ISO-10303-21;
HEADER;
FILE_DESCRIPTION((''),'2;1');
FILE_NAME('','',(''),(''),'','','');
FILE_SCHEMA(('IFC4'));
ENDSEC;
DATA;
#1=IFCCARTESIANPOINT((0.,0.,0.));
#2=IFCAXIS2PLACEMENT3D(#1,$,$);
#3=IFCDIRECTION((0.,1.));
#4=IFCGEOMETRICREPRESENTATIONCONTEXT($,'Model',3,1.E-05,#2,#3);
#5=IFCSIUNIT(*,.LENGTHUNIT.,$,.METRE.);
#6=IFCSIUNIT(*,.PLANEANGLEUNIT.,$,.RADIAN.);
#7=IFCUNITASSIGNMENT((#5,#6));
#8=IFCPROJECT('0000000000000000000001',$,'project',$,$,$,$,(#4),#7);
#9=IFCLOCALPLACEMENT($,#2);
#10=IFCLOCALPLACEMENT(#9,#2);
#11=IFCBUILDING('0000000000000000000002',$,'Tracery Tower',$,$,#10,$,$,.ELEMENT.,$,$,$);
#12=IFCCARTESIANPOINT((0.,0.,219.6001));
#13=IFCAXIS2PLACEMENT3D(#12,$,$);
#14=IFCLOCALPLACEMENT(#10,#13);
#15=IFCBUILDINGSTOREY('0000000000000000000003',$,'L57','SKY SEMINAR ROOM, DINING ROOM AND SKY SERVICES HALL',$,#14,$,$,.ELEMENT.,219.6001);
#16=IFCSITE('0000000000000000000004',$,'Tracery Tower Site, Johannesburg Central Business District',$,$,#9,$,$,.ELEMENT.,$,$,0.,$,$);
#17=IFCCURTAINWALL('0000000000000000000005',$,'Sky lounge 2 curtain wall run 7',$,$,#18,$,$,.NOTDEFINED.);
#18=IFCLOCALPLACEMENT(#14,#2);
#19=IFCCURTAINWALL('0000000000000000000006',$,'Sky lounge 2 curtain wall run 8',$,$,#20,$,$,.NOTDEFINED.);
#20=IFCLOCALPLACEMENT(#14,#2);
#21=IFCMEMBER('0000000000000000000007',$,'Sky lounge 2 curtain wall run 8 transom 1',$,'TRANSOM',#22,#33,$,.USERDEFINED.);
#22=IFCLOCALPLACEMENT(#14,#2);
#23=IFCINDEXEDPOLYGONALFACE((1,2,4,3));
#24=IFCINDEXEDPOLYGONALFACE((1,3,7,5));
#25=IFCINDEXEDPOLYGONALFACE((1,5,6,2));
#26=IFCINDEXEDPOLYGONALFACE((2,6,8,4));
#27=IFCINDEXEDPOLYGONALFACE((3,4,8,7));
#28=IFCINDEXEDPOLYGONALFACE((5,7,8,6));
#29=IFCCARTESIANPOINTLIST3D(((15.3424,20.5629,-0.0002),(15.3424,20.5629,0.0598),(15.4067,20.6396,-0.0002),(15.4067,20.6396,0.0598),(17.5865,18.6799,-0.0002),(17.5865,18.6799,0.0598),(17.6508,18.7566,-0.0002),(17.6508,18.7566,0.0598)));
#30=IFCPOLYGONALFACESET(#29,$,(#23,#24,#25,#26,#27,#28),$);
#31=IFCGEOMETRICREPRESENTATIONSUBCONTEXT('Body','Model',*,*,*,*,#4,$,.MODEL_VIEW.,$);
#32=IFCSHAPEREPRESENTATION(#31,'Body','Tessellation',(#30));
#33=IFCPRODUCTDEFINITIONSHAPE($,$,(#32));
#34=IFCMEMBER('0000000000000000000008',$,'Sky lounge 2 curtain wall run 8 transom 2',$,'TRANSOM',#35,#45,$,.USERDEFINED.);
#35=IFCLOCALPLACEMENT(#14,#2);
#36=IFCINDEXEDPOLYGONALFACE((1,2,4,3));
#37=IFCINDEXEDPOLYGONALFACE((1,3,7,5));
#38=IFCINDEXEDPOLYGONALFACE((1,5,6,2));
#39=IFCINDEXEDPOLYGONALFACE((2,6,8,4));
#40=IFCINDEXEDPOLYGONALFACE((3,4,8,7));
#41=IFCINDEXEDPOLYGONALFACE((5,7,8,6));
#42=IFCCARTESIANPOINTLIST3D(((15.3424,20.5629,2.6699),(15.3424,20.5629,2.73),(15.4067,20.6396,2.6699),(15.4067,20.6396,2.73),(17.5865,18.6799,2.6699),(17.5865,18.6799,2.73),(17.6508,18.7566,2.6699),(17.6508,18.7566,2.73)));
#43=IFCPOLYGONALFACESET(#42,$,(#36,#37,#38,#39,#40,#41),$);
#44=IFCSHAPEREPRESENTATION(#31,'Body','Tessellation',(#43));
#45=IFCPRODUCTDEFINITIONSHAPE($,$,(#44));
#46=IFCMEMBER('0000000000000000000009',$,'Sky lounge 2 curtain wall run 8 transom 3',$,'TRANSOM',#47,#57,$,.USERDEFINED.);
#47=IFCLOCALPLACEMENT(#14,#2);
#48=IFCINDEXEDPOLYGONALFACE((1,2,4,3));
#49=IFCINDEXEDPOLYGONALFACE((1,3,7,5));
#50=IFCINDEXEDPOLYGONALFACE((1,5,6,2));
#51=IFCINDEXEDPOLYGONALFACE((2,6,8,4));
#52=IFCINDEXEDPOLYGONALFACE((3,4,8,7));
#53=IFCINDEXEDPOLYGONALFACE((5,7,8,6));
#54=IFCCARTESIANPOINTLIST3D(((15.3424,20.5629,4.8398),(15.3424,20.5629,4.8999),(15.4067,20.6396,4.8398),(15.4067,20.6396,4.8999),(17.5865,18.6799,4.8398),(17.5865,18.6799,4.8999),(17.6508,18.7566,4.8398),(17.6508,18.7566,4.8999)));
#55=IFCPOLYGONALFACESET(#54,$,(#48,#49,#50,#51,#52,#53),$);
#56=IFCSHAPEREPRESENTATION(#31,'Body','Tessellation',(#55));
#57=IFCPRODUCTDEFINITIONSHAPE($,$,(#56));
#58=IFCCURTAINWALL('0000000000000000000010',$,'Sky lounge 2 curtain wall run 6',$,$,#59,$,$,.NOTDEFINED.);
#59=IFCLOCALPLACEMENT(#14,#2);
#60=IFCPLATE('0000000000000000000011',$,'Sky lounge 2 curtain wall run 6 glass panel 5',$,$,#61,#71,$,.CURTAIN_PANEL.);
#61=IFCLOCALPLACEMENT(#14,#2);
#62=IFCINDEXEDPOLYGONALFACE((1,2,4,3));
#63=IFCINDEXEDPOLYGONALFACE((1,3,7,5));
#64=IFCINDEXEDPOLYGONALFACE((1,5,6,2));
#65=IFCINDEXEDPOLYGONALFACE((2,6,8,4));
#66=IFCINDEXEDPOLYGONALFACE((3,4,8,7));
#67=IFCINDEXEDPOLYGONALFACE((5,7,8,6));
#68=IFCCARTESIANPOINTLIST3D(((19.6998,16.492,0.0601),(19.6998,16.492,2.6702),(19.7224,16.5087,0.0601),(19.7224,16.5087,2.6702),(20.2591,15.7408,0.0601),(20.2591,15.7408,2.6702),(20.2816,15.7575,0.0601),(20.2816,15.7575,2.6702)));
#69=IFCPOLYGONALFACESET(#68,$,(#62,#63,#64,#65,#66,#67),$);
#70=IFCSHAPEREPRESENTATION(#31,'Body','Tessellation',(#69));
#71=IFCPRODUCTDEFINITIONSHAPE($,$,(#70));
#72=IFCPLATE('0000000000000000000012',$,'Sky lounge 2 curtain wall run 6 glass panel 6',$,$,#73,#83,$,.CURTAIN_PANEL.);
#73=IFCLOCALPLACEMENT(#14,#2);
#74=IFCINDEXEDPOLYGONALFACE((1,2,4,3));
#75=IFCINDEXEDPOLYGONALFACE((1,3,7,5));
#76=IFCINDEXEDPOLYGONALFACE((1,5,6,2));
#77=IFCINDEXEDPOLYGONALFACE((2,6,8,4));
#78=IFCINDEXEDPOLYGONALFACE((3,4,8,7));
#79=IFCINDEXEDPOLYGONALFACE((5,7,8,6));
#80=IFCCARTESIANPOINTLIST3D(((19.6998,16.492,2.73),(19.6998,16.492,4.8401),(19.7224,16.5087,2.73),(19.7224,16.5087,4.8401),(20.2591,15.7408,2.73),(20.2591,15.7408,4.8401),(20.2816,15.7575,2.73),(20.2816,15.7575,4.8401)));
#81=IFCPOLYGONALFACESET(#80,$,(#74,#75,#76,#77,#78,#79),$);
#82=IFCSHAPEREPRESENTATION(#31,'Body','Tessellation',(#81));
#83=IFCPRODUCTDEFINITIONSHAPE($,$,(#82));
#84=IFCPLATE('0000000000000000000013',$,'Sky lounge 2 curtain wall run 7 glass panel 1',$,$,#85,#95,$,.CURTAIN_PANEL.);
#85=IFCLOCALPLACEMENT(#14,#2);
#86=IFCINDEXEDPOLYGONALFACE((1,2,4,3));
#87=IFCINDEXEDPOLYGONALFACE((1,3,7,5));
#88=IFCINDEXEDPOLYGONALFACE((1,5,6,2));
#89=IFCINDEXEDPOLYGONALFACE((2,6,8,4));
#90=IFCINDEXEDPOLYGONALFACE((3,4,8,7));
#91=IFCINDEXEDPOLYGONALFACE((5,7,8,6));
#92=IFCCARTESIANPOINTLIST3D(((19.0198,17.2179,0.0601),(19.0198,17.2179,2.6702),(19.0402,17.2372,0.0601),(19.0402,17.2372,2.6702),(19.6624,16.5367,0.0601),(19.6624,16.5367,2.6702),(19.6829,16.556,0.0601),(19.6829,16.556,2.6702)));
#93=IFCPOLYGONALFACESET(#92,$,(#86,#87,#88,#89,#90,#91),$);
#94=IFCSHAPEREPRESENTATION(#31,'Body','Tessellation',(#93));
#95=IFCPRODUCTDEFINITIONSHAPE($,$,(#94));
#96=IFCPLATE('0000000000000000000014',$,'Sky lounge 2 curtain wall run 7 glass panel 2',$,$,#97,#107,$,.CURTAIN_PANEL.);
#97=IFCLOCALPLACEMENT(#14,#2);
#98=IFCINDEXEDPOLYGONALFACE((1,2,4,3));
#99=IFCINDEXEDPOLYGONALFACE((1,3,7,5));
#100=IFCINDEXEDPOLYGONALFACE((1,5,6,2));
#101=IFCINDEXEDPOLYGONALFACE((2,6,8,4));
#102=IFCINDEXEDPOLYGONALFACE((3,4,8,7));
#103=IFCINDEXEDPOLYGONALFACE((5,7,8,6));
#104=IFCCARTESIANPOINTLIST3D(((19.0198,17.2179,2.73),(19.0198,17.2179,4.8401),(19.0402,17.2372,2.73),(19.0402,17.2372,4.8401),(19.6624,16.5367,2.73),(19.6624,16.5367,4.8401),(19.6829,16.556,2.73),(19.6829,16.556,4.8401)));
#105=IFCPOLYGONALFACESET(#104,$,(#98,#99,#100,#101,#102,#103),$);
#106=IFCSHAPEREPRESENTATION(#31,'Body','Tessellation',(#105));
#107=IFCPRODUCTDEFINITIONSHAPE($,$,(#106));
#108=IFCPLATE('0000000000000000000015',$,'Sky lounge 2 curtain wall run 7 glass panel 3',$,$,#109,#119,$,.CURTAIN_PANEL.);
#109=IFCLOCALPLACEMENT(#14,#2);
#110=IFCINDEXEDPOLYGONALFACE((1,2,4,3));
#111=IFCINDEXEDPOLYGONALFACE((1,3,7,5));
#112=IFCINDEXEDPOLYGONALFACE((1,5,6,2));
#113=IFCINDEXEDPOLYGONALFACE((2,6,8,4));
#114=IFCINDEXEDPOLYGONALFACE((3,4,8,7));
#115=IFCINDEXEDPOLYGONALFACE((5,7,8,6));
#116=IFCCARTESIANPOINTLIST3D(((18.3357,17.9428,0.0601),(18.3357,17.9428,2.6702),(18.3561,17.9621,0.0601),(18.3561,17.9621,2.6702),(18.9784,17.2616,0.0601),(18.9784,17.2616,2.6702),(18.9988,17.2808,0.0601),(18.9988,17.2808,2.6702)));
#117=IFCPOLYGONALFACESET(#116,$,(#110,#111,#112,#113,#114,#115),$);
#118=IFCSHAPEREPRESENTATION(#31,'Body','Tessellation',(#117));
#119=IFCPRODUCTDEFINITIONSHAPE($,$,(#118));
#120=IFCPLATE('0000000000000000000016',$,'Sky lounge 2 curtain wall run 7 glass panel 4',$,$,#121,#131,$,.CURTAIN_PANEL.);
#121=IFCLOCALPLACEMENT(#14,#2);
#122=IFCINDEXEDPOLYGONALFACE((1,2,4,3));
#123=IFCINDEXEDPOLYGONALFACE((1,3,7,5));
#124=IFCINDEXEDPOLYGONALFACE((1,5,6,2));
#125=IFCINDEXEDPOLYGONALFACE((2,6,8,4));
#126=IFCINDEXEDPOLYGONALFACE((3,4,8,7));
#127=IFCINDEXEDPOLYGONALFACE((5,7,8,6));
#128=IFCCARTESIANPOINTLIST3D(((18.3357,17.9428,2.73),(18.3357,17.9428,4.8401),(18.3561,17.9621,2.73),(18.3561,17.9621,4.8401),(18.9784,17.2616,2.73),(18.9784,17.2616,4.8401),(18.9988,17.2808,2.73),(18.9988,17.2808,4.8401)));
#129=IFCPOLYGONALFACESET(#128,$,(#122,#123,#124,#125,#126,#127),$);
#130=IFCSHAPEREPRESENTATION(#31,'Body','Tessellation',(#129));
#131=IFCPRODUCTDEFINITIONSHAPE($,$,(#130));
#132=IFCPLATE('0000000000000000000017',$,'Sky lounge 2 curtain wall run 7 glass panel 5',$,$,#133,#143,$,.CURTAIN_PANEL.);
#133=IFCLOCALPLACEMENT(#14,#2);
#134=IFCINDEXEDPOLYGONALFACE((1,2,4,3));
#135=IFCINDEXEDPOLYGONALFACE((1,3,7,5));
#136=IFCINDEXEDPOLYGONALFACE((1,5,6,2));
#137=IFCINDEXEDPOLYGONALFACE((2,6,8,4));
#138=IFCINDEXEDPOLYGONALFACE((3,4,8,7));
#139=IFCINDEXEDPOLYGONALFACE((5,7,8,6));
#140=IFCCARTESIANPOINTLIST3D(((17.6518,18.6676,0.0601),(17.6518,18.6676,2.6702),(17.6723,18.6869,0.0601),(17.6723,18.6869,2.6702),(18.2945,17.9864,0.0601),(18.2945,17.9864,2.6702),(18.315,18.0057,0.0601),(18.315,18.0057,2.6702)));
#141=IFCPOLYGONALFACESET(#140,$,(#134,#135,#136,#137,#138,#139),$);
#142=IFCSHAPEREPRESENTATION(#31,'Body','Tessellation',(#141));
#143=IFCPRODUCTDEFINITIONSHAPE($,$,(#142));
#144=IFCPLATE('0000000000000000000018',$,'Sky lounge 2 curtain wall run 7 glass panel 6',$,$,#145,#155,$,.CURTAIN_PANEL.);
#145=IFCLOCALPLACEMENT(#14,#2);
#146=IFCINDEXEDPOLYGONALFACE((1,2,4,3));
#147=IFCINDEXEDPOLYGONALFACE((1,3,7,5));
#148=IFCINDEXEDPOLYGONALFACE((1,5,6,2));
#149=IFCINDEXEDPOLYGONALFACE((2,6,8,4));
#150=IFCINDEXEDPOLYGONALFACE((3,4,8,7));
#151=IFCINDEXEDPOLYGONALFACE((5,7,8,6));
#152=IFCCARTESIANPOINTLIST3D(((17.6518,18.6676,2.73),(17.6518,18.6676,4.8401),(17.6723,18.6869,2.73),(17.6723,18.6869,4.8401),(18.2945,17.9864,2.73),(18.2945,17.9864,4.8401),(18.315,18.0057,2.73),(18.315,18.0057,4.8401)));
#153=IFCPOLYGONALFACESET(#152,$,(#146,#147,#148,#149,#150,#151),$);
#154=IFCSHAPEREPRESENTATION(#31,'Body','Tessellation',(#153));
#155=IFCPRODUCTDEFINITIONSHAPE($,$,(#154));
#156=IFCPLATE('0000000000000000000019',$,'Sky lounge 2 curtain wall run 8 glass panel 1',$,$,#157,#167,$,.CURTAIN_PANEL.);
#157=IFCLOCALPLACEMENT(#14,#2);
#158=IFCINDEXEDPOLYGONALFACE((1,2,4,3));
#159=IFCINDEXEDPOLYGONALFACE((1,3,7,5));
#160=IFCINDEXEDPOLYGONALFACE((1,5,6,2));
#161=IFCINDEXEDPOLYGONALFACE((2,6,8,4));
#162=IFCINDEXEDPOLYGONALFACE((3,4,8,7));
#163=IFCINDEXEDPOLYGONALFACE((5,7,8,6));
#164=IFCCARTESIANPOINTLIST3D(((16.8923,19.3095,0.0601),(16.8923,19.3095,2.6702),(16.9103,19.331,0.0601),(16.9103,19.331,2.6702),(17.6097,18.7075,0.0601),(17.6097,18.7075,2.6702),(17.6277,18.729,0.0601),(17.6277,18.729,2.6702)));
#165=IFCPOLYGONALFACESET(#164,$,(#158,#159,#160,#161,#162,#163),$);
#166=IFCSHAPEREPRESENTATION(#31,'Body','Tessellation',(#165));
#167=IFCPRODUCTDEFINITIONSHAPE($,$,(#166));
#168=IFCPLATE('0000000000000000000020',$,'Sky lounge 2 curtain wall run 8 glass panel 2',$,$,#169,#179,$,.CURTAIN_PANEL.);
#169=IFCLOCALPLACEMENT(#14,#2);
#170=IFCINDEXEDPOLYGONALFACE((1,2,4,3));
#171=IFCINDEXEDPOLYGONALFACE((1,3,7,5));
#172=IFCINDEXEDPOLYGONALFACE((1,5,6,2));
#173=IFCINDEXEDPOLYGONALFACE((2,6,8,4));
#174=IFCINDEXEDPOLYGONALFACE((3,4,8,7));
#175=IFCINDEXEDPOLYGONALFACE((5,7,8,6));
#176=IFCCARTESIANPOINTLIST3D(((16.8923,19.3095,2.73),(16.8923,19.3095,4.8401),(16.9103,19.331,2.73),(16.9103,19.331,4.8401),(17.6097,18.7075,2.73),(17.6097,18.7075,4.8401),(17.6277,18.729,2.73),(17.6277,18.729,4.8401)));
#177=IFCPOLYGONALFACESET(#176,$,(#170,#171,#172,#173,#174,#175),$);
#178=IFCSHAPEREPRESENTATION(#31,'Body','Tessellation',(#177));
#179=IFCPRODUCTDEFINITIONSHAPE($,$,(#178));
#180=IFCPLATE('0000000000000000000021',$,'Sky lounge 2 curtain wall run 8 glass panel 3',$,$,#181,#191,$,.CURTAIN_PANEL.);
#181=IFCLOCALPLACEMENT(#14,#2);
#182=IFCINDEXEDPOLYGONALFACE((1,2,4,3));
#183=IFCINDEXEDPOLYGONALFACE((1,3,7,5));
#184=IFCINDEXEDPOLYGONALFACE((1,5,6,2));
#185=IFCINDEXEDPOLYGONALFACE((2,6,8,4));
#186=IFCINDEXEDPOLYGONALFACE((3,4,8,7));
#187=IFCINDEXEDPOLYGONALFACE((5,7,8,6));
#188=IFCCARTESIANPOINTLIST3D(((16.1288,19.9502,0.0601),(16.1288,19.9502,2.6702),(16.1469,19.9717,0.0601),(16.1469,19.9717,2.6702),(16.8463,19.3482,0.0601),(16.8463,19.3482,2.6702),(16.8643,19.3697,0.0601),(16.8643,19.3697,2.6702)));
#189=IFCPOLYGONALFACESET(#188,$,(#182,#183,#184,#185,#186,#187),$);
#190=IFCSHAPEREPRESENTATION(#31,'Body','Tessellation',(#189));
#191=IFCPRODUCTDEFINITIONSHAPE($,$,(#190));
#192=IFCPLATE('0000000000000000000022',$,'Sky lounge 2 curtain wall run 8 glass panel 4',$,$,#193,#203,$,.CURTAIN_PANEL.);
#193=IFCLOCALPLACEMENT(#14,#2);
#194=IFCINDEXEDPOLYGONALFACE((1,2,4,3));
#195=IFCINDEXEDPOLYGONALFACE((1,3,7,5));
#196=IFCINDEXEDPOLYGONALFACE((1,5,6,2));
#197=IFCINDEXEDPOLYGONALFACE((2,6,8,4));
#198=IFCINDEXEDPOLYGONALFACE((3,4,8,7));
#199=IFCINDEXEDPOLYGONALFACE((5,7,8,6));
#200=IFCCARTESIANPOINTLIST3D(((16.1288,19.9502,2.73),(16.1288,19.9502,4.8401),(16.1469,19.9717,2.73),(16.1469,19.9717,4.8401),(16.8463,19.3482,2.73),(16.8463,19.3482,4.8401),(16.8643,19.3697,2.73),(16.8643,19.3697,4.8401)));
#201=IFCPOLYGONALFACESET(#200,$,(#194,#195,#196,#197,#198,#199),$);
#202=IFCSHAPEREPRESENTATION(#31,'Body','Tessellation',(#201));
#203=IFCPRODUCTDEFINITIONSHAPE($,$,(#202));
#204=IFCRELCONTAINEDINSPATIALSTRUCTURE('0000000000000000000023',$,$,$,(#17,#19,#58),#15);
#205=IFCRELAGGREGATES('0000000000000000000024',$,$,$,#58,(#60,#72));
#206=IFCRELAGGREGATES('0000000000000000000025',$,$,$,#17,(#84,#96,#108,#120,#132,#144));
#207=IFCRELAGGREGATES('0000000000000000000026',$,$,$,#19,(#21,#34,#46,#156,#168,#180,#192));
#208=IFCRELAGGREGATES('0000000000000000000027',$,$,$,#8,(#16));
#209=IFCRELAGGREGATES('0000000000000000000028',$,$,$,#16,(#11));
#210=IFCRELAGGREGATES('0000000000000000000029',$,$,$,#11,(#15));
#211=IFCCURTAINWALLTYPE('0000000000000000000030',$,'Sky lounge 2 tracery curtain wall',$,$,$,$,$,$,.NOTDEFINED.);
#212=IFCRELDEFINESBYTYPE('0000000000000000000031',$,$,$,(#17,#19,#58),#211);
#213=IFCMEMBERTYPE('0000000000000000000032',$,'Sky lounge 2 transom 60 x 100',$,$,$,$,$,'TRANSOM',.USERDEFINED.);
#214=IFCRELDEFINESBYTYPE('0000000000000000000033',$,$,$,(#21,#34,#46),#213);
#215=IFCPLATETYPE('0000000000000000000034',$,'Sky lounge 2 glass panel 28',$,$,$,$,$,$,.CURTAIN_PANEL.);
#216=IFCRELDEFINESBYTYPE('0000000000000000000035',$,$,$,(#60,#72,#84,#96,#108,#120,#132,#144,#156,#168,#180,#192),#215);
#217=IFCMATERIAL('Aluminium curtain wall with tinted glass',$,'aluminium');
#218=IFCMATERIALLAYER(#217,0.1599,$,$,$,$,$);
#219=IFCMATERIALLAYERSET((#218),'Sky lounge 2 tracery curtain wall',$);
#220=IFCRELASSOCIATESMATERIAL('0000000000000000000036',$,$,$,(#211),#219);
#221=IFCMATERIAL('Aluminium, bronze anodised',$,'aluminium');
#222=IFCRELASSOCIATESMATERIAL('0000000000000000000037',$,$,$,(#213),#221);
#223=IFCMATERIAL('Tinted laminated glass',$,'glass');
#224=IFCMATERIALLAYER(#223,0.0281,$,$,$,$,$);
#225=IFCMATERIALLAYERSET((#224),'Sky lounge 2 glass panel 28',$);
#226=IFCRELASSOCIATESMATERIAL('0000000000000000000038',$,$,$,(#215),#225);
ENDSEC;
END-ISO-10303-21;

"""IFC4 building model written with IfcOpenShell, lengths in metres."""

from ifc_helpers import new_model, si_unit, direction, frame, origin, origin_2d, place, context, subcontext, project, spatial, rectangle, extrude, material, layer, layer_set, material_profile, profile_set, type_object, element, aggregate, save


model = new_model("IFC4")

# Units and contexts
model_context = context("Model", 3, precision=1e-05, world=origin(), true_north=direction((0.0, 1.0)))
body_context = subcontext(model_context, "Body", "Model", "MODEL_VIEW")
ifc_project = project(units=[si_unit("LENGTHUNIT", "METRE"), si_unit("PLANEANGLEUNIT", "RADIAN")], contexts=[model_context])

# Site, building, storey
site_placement = place(None, origin())
site = spatial("IfcSite", under=ifc_project, at=site_placement, Name="Tracery Tower Site, Johannesburg Central Business District", CompositionType="ELEMENT", RefElevation=0.0)
building_placement = place(site_placement, origin())
building = spatial("IfcBuilding", under=site, at=building_placement, Name="Tracery Tower", CompositionType="ELEMENT")
storey_placement = place(building_placement, frame((0.0, 0.0, 219.6001)))
storey = spatial("IfcBuildingStorey", under=building, at=storey_placement, Name="L57", Description="SKY SEMINAR ROOM, DINING ROOM AND SKY SERVICES HALL", CompositionType="ELEMENT", Elevation=219.6001)

# Curtain walls
ifc_material_1 = material(Name="Aluminium curtain wall with tinted glass", Category="aluminium")
ifc_layer_1 = layer(ifc_material_1, 0.1599)
ifc_layer_set_1 = layer_set([ifc_layer_1], Name="Sky lounge 2 tracery curtain wall")
curtain_wall_type = type_object("IfcCurtainWallType", Name="Sky lounge 2 tracery curtain wall", PredefinedType="NOTDEFINED", material=ifc_layer_set_1)
curtain_wall_1_placement = place(storey_placement, origin())
curtain_wall_1 = element("IfcCurtainWall", 1, at=curtain_wall_1_placement, inside=storey, type_object=curtain_wall_type, Name="Sky lounge 2 curtain wall run 7", PredefinedType="NOTDEFINED")
curtain_wall_2_placement = place(storey_placement, origin())
curtain_wall_2 = element("IfcCurtainWall", 2, at=curtain_wall_2_placement, inside=storey, type_object=curtain_wall_type, Name="Sky lounge 2 curtain wall run 8", PredefinedType="NOTDEFINED")

# Members
ifc_material_2 = material(Name="Aluminium, bronze anodised", Category="aluminium")
ifc_material_profile_1 = material_profile(ifc_material_2, rectangle(XDim=0.1001, YDim=0.0601, at=origin_2d()), Name="AL 60x100")
ifc_profile_set_1 = profile_set([ifc_material_profile_1], Name="Aluminium, bronze anodised")
member_type_1 = type_object("IfcMemberType", Name="Sky lounge 2 transom 60 x 100", ElementType="TRANSOM", PredefinedType="USERDEFINED", material=ifc_profile_set_1)
member_1_placement = place(storey_placement, frame((17.6187, 18.7183, 0.0298), z_axis=(-0.766045, 0.642787, 0.0), x_axis=(-0.642787, -0.766045, 0.0)))
member_1 = element("IfcMember", 3, at=member_1_placement, type_object=member_type_1, Name="Sky lounge 2 curtain wall run 8 transom 1", ObjectType="TRANSOM", PredefinedType="USERDEFINED", context=body_context, shape_type="SweptSolid", body=[
    extrude(rectangle(XDim=0.1001, YDim=0.0601, at=origin_2d()), origin(), (0.0, 0.0, 1.0), 2.9294),
])
member_2_placement = place(storey_placement, frame((17.6187, 18.7183, 2.7), z_axis=(-0.766045, 0.642787, 0.0), x_axis=(-0.642787, -0.766045, 0.0)))
member_2 = element("IfcMember", 4, at=member_2_placement, type_object=member_type_1, Name="Sky lounge 2 curtain wall run 8 transom 2", ObjectType="TRANSOM", PredefinedType="USERDEFINED", context=body_context, shape_type="SweptSolid", body=[
    extrude(rectangle(XDim=0.1001, YDim=0.0601, at=origin_2d()), origin(), (0.0, 0.0, 1.0), 2.9294),
])
member_3_placement = place(storey_placement, frame((17.6187, 18.7183, 4.8699), z_axis=(-0.766045, 0.642787, 0.0), x_axis=(-0.642787, -0.766045, 0.0)))
member_3 = element("IfcMember", 5, at=member_3_placement, type_object=member_type_1, Name="Sky lounge 2 curtain wall run 8 transom 3", ObjectType="TRANSOM", PredefinedType="USERDEFINED", context=body_context, shape_type="SweptSolid", body=[
    extrude(rectangle(XDim=0.1001, YDim=0.0601, at=origin_2d()), origin(), (0.0, 0.0, 1.0), 2.9294),
])

# Curtain wall, plates
curtain_wall_3_placement = place(storey_placement, origin())
curtain_wall_3 = element("IfcCurtainWall", 6, at=curtain_wall_3_placement, inside=storey, type_object=curtain_wall_type, Name="Sky lounge 2 curtain wall run 6", PredefinedType="NOTDEFINED")
ifc_material_3 = material(Name="Tinted laminated glass", Category="glass")
ifc_layer_2 = layer(ifc_material_3, 0.0281)
ifc_layer_set_2 = layer_set([ifc_layer_2], Name="Sky lounge 2 glass panel 28")
plate_type = type_object("IfcPlateType", Name="Sky lounge 2 glass panel 28", PredefinedType="CURTAIN_PANEL", material=ifc_layer_set_2)
plate_1_placement = place(storey_placement, frame((19.9907, 16.1248, 0.0601), z_axis=(0.0, 0.0, 1.0), x_axis=(-0.597159, 0.802123, 0.0)))
plate_1 = element("IfcPlate", 7, at=plate_1_placement, type_object=plate_type, Name="Sky lounge 2 curtain wall run 6 glass panel 5", PredefinedType="CURTAIN_PANEL", context=body_context, shape_type="SweptSolid", body=[
    extrude(rectangle(XDim=0.9365, YDim=0.0281, at=origin_2d()), origin(), (0.0, 0.0, 1.0), 2.6101),
])
plate_2_placement = place(storey_placement, frame((19.9907, 16.1248, 2.73), z_axis=(0.0, 0.0, 1.0), x_axis=(-0.597159, 0.802123, 0.0)))
plate_2 = element("IfcPlate", 8, at=plate_2_placement, type_object=plate_type, Name="Sky lounge 2 curtain wall run 6 glass panel 6", PredefinedType="CURTAIN_PANEL", context=body_context, shape_type="SweptSolid", body=[
    extrude(rectangle(XDim=0.9365, YDim=0.0281, at=origin_2d()), origin(), (0.0, 0.0, 1.0), 2.1101),
])
aggregate(curtain_wall_3, [plate_1, plate_2])

# Plates
plate_3_placement = place(storey_placement, frame((19.3513, 16.887, 0.0601), z_axis=(0.0, 0.0, 1.0), x_axis=(-0.686242, 0.727374, 0.0)))
plate_3 = element("IfcPlate", 9, at=plate_3_placement, type_object=plate_type, Name="Sky lounge 2 curtain wall run 7 glass panel 1", PredefinedType="CURTAIN_PANEL", context=body_context, shape_type="SweptSolid", body=[
    extrude(rectangle(XDim=0.9365, YDim=0.0281, at=origin_2d()), origin(), (0.0, 0.0, 1.0), 2.6101),
])
plate_4_placement = place(storey_placement, frame((19.3513, 16.887, 2.73), z_axis=(0.0, 0.0, 1.0), x_axis=(-0.686242, 0.727374, 0.0)))
plate_4 = element("IfcPlate", 10, at=plate_4_placement, type_object=plate_type, Name="Sky lounge 2 curtain wall run 7 glass panel 2", PredefinedType="CURTAIN_PANEL", context=body_context, shape_type="SweptSolid", body=[
    extrude(rectangle(XDim=0.9365, YDim=0.0281, at=origin_2d()), origin(), (0.0, 0.0, 1.0), 2.1101),
])
plate_5_placement = place(storey_placement, frame((18.6672, 17.6118, 0.0601), z_axis=(0.0, 0.0, 1.0), x_axis=(-0.686242, 0.727374, 0.0)))
plate_5 = element("IfcPlate", 11, at=plate_5_placement, type_object=plate_type, Name="Sky lounge 2 curtain wall run 7 glass panel 3", PredefinedType="CURTAIN_PANEL", context=body_context, shape_type="SweptSolid", body=[
    extrude(rectangle(XDim=0.9365, YDim=0.0281, at=origin_2d()), origin(), (0.0, 0.0, 1.0), 2.6101),
])
plate_6_placement = place(storey_placement, frame((18.6672, 17.6118, 2.73), z_axis=(0.0, 0.0, 1.0), x_axis=(-0.686242, 0.727374, 0.0)))
plate_6 = element("IfcPlate", 12, at=plate_6_placement, type_object=plate_type, Name="Sky lounge 2 curtain wall run 7 glass panel 4", PredefinedType="CURTAIN_PANEL", context=body_context, shape_type="SweptSolid", body=[
    extrude(rectangle(XDim=0.9365, YDim=0.0281, at=origin_2d()), origin(), (0.0, 0.0, 1.0), 2.1101),
])
plate_7_placement = place(storey_placement, frame((17.9834, 18.3367, 0.0601), z_axis=(0.0, 0.0, 1.0), x_axis=(-0.686242, 0.727374, 0.0)))
plate_7 = element("IfcPlate", 13, at=plate_7_placement, type_object=plate_type, Name="Sky lounge 2 curtain wall run 7 glass panel 5", PredefinedType="CURTAIN_PANEL", context=body_context, shape_type="SweptSolid", body=[
    extrude(rectangle(XDim=0.9365, YDim=0.0281, at=origin_2d()), origin(), (0.0, 0.0, 1.0), 2.6101),
])
plate_8_placement = place(storey_placement, frame((17.9834, 18.3367, 2.73), z_axis=(0.0, 0.0, 1.0), x_axis=(-0.686242, 0.727374, 0.0)))
plate_8 = element("IfcPlate", 14, at=plate_8_placement, type_object=plate_type, Name="Sky lounge 2 curtain wall run 7 glass panel 6", PredefinedType="CURTAIN_PANEL", context=body_context, shape_type="SweptSolid", body=[
    extrude(rectangle(XDim=0.9365, YDim=0.0281, at=origin_2d()), origin(), (0.0, 0.0, 1.0), 2.1101),
])
aggregate(curtain_wall_1, [plate_3, plate_4, plate_5, plate_6, plate_7, plate_8])
plate_9_placement = place(storey_placement, frame((17.26, 19.0193, 0.0601), z_axis=(0.0, 0.0, 1.0), x_axis=(-0.766044, 0.642788, 0.0)))
plate_9 = element("IfcPlate", 15, at=plate_9_placement, type_object=plate_type, Name="Sky lounge 2 curtain wall run 8 glass panel 1", PredefinedType="CURTAIN_PANEL", context=body_context, shape_type="SweptSolid", body=[
    extrude(rectangle(XDim=0.9365, YDim=0.0281, at=origin_2d()), origin(), (0.0, 0.0, 1.0), 2.6101),
])
plate_10_placement = place(storey_placement, frame((17.26, 19.0193, 2.73), z_axis=(0.0, 0.0, 1.0), x_axis=(-0.766044, 0.642788, 0.0)))
plate_10 = element("IfcPlate", 16, at=plate_10_placement, type_object=plate_type, Name="Sky lounge 2 curtain wall run 8 glass panel 2", PredefinedType="CURTAIN_PANEL", context=body_context, shape_type="SweptSolid", body=[
    extrude(rectangle(XDim=0.9365, YDim=0.0281, at=origin_2d()), origin(), (0.0, 0.0, 1.0), 2.1101),
])
plate_11_placement = place(storey_placement, frame((16.4966, 19.6599, 0.0601), z_axis=(0.0, 0.0, 1.0), x_axis=(-0.766044, 0.642788, 0.0)))
plate_11 = element("IfcPlate", 17, at=plate_11_placement, type_object=plate_type, Name="Sky lounge 2 curtain wall run 8 glass panel 3", PredefinedType="CURTAIN_PANEL", context=body_context, shape_type="SweptSolid", body=[
    extrude(rectangle(XDim=0.9365, YDim=0.0281, at=origin_2d()), origin(), (0.0, 0.0, 1.0), 2.6101),
])
plate_12_placement = place(storey_placement, frame((16.4966, 19.6599, 2.73), z_axis=(0.0, 0.0, 1.0), x_axis=(-0.766044, 0.642788, 0.0)))
plate_12 = element("IfcPlate", 18, at=plate_12_placement, type_object=plate_type, Name="Sky lounge 2 curtain wall run 8 glass panel 4", PredefinedType="CURTAIN_PANEL", context=body_context, shape_type="SweptSolid", body=[
    extrude(rectangle(XDim=0.9365, YDim=0.0281, at=origin_2d()), origin(), (0.0, 0.0, 1.0), 2.1101),
])
aggregate(curtain_wall_2, [member_1, member_2, member_3, plate_9, plate_10, plate_11, plate_12])

save(model, "model.ifc")
